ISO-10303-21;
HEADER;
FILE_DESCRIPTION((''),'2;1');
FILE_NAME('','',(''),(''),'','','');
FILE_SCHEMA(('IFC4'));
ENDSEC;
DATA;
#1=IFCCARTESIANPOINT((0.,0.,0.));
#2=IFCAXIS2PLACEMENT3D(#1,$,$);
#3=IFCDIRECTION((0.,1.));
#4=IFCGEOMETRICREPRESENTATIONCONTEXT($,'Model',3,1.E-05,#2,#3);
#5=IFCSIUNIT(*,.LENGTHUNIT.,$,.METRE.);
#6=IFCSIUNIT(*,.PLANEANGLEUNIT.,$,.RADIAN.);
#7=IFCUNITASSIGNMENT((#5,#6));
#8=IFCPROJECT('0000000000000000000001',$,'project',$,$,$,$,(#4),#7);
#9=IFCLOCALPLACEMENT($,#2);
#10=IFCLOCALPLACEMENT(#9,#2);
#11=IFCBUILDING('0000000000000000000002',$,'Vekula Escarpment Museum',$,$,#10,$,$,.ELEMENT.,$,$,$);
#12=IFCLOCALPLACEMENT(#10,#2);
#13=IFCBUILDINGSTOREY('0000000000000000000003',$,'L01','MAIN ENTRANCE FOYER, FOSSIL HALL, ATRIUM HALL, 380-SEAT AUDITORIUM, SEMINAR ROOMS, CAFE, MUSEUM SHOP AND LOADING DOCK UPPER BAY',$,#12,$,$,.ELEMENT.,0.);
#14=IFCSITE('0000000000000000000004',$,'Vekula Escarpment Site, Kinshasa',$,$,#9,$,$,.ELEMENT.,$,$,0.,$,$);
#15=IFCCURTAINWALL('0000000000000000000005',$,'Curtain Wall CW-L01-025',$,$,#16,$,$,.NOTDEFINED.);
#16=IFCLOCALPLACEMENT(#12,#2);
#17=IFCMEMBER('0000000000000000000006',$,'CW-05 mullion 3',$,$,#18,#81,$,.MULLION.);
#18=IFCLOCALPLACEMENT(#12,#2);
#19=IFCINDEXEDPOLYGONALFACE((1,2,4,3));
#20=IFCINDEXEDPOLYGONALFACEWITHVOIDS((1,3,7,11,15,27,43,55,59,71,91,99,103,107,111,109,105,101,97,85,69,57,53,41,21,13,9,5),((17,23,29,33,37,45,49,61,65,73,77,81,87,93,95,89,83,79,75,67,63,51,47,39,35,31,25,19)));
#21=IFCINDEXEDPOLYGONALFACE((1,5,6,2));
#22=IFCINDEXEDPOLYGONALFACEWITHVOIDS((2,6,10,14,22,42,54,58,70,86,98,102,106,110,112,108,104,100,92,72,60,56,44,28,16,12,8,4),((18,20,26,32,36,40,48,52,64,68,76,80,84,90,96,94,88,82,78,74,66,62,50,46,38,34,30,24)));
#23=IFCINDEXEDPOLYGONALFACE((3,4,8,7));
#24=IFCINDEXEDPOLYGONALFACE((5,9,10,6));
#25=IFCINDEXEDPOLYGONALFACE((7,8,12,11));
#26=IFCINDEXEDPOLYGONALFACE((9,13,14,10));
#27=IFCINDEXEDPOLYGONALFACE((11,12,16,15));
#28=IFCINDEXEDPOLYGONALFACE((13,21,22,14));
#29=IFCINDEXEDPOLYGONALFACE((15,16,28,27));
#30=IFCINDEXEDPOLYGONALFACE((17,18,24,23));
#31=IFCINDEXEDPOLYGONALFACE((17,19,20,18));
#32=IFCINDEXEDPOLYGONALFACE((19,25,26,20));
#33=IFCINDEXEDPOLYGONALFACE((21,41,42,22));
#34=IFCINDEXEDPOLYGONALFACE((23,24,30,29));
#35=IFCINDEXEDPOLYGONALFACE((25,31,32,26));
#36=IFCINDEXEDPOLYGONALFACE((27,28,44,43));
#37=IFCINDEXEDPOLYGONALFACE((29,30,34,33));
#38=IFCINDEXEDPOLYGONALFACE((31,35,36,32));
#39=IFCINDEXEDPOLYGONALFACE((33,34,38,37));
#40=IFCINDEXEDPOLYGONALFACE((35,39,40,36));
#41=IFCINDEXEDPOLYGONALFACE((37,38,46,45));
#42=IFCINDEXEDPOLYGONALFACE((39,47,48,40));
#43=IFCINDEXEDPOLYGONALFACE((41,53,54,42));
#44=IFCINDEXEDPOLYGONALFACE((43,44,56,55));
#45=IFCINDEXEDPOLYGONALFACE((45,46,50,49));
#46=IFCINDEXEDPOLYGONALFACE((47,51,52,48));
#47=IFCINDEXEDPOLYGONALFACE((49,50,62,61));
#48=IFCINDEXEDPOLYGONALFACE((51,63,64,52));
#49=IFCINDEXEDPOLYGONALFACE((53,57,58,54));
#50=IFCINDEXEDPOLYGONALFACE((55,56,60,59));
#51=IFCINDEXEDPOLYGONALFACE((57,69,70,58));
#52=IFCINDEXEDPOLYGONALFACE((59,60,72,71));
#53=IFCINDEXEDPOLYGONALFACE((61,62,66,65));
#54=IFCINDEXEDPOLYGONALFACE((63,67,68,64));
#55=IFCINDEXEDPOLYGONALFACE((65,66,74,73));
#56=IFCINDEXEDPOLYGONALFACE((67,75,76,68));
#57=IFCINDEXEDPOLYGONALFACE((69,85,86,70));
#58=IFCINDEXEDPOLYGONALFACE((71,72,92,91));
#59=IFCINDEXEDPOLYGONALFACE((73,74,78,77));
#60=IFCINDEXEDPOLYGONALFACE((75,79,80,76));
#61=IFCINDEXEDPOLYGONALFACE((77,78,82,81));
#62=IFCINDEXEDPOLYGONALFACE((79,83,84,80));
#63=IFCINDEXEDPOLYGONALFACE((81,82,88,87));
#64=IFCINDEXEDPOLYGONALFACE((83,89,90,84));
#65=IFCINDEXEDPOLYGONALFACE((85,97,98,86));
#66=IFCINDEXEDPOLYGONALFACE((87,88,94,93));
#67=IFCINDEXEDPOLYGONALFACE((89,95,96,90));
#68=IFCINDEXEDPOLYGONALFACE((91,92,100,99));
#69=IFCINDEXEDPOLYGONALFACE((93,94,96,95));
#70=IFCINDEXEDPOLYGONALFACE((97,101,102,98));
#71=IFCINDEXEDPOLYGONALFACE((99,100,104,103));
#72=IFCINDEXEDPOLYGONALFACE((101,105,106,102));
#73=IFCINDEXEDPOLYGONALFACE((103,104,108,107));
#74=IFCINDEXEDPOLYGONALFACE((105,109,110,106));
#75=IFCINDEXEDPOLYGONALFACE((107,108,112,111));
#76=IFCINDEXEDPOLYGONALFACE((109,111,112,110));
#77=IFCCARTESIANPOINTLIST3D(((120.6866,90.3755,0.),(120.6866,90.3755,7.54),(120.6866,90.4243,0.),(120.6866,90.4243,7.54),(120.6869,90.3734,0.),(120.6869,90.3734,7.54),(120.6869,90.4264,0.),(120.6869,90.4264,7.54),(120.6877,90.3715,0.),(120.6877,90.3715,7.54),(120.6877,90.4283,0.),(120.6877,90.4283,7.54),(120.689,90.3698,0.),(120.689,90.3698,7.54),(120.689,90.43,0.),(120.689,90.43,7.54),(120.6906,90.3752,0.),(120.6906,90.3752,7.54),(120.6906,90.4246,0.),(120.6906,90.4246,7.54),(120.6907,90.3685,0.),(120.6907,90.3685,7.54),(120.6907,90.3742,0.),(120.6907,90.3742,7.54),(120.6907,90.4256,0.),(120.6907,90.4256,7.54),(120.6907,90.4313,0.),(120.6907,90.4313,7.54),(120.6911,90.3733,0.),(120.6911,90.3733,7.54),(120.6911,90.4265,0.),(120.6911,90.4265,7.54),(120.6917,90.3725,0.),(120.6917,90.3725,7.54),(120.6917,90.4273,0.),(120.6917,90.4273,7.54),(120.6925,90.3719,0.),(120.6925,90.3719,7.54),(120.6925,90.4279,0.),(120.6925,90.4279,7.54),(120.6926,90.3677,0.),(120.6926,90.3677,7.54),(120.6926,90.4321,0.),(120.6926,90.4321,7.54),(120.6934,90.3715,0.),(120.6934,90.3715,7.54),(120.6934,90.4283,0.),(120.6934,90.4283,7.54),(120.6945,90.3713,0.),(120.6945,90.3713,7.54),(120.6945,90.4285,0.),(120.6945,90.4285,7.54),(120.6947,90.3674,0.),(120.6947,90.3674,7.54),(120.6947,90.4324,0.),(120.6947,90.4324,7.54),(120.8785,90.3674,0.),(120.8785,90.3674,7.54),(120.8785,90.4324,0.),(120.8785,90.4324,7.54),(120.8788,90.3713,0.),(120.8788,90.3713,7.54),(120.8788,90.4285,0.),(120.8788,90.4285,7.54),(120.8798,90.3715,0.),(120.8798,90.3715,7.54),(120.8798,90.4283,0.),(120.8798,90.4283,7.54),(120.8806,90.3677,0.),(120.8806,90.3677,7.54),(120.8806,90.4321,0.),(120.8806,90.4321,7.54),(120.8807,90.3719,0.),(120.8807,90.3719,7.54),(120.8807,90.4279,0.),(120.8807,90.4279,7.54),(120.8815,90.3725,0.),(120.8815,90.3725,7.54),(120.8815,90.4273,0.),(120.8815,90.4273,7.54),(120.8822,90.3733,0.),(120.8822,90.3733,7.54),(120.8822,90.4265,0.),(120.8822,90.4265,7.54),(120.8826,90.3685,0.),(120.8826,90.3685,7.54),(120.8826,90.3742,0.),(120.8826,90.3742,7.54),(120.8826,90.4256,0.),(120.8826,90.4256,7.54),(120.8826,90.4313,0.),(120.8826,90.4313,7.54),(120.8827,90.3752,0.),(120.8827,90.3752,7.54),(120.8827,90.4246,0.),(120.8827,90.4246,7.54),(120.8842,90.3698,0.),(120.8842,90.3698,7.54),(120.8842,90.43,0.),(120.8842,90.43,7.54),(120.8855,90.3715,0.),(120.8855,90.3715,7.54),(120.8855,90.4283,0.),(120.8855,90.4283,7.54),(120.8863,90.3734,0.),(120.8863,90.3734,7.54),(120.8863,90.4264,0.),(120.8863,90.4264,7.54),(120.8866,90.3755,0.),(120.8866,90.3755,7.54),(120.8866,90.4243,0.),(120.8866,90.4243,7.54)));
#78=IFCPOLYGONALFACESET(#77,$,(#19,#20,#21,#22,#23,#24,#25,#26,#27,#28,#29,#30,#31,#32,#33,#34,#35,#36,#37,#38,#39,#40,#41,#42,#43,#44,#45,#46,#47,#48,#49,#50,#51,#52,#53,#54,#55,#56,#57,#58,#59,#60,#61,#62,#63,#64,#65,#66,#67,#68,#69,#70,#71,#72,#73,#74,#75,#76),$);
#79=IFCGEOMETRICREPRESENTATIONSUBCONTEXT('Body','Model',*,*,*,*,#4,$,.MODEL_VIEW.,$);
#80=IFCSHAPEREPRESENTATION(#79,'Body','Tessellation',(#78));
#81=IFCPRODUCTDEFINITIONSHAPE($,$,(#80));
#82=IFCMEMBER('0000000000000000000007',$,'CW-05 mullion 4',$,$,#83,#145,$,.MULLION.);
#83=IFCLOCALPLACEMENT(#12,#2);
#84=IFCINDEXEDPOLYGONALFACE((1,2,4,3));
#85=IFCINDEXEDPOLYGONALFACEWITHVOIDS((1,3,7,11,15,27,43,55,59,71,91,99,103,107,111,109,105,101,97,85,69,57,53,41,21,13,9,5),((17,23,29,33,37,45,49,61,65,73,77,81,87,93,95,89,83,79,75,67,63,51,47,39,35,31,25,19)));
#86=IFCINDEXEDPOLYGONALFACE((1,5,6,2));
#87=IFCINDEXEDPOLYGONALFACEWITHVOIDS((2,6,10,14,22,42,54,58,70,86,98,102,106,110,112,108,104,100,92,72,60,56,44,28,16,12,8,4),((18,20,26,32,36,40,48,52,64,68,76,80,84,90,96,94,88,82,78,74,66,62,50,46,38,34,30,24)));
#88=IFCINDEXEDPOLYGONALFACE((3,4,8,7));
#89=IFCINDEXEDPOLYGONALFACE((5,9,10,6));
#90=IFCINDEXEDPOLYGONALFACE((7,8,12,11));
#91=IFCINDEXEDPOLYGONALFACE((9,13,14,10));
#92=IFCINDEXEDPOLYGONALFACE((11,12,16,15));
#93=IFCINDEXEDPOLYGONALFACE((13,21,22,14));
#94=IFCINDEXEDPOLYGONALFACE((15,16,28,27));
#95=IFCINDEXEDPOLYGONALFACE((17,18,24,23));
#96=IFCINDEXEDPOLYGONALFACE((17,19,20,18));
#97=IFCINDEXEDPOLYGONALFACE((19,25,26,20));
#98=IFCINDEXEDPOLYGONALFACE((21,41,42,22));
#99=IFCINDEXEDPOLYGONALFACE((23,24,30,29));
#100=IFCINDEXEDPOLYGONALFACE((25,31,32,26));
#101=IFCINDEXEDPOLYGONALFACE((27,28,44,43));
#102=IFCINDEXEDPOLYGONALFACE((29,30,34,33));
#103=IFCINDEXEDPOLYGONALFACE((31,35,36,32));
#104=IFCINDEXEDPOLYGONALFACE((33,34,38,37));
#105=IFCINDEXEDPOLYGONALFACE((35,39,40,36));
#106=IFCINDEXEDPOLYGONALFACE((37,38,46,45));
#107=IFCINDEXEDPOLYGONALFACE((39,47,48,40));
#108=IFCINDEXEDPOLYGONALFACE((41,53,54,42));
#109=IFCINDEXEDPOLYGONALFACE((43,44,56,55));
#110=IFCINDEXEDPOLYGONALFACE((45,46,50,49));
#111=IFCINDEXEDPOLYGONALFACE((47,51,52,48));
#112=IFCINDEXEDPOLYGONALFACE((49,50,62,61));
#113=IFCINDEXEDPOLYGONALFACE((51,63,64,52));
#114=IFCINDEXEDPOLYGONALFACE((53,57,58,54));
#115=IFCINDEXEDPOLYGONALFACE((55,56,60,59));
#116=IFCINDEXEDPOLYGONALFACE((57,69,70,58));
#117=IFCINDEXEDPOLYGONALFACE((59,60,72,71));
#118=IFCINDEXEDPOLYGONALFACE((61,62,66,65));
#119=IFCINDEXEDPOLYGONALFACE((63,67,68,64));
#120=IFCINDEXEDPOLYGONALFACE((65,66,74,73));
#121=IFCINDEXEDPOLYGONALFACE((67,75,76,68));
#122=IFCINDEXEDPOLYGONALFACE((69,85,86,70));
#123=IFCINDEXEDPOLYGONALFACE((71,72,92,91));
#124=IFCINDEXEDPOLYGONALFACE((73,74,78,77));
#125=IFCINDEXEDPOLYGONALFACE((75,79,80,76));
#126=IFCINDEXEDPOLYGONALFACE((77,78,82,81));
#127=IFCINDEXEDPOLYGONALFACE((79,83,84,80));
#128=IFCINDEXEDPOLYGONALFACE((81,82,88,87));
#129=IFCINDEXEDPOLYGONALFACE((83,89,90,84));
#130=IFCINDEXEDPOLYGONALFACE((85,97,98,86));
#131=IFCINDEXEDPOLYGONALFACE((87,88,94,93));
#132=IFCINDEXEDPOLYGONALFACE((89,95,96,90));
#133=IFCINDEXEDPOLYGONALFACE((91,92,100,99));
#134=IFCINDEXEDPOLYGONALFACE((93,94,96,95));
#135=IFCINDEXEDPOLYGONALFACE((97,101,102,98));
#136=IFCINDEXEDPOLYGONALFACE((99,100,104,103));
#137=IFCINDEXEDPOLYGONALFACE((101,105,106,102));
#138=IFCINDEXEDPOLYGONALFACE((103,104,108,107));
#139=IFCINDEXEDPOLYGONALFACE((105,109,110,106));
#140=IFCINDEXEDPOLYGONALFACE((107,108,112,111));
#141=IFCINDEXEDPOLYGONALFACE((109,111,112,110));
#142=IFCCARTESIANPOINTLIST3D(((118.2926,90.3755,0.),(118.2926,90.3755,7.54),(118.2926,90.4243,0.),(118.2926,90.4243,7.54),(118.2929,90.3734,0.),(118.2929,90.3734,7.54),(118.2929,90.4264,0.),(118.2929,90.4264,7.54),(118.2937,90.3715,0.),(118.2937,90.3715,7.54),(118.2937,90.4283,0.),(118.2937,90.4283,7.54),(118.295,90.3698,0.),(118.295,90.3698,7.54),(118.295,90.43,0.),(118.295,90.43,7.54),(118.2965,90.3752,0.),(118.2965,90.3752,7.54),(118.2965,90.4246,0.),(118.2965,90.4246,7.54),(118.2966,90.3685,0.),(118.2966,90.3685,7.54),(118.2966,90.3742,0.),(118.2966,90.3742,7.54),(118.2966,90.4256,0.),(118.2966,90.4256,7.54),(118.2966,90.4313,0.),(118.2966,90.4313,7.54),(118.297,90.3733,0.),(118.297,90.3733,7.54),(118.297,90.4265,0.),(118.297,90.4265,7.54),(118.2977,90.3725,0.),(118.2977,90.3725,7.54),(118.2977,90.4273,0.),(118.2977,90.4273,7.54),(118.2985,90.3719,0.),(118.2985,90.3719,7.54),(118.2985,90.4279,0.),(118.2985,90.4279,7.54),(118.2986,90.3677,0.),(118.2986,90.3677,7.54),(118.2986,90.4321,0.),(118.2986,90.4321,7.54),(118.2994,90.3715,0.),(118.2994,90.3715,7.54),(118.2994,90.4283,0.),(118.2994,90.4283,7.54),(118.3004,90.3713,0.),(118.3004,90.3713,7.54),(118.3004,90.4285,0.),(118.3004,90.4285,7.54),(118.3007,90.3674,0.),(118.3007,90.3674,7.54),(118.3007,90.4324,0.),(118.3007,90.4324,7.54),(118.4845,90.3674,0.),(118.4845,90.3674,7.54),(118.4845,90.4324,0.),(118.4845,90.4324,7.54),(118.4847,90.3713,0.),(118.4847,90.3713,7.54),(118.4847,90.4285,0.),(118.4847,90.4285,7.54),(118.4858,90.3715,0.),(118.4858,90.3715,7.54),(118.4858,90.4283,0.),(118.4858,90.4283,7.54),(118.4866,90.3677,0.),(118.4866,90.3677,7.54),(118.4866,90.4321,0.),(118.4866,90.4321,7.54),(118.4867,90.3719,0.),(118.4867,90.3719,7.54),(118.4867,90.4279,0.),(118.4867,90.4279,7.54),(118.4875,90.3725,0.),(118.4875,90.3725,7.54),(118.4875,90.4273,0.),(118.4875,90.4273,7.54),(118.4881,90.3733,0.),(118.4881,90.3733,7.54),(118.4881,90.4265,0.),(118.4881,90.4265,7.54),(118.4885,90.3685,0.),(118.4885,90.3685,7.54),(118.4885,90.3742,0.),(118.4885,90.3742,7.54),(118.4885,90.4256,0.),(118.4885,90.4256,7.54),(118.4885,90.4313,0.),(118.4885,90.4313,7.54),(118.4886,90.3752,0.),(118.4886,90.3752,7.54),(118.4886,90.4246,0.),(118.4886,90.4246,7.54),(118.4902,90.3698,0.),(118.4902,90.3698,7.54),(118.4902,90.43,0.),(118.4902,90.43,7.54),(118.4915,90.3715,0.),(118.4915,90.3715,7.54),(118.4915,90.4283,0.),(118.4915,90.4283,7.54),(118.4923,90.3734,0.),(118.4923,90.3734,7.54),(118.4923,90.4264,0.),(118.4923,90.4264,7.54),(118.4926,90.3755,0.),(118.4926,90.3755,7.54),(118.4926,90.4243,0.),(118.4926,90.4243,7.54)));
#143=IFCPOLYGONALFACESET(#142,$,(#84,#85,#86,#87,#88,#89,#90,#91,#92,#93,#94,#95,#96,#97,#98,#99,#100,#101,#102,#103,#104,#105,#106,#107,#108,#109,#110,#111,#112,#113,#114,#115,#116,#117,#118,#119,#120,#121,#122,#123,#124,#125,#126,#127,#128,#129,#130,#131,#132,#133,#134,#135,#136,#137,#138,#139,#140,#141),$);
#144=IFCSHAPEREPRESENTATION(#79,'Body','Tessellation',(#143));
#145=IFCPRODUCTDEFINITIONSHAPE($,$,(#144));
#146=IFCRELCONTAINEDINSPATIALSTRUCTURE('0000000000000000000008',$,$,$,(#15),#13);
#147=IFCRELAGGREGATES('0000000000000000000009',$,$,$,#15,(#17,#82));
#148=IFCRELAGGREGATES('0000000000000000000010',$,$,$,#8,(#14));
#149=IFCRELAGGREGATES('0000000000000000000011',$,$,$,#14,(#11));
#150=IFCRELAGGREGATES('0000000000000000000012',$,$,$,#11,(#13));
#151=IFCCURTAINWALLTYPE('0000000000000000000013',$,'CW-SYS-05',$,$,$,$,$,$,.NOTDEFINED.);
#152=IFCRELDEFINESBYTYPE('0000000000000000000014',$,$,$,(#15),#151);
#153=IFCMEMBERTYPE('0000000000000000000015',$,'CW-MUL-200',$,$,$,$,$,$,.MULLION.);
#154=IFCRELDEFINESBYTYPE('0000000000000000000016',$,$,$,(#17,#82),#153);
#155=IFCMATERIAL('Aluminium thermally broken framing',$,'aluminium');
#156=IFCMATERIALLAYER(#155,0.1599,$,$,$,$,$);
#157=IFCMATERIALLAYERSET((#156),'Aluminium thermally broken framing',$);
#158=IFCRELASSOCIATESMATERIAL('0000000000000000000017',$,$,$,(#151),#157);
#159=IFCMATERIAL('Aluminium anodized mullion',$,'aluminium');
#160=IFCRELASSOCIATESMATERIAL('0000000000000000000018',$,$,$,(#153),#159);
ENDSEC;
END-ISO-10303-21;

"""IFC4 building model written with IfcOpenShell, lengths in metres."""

from ifc_helpers import new_model, si_unit, direction, frame, origin, origin_2d, place, context, subcontext, project, spatial, hollow_rectangle, extrude, material, layer, layer_set, material_profile, profile_set, type_object, element, aggregate, save


model = new_model("IFC4")

# Units and contexts
model_context = context("Model", 3, precision=1e-05, world=origin(), true_north=direction((0.0, 1.0)))
body_context = subcontext(model_context, "Body", "Model", "MODEL_VIEW")
ifc_project = project(units=[si_unit("LENGTHUNIT", "METRE"), si_unit("PLANEANGLEUNIT", "RADIAN")], contexts=[model_context])

# Site, building, storey
site_placement = place(None, origin())
site = spatial("IfcSite", under=ifc_project, at=site_placement, Name="Vekula Escarpment Site, Kinshasa", CompositionType="ELEMENT", RefElevation=0.0)
building_placement = place(site_placement, origin())
building = spatial("IfcBuilding", under=site, at=building_placement, Name="Vekula Escarpment Museum", CompositionType="ELEMENT")
storey_placement = place(building_placement, origin())
storey = spatial("IfcBuildingStorey", under=building, at=storey_placement, Name="L01", Description="MAIN ENTRANCE FOYER, FOSSIL HALL, ATRIUM HALL, 380-SEAT AUDITORIUM, SEMINAR ROOMS, CAFE, MUSEUM SHOP AND LOADING DOCK UPPER BAY", CompositionType="ELEMENT", Elevation=0.0)

# Curtain wall, members
ifc_material_1 = material(Name="Aluminium thermally broken framing", Category="aluminium")
ifc_layer_1 = layer(ifc_material_1, 0.1599)
ifc_layer_set_1 = layer_set([ifc_layer_1], Name="Aluminium thermally broken framing")
curtain_wall_type_1 = type_object("IfcCurtainWallType", Name="CW-SYS-05", PredefinedType="NOTDEFINED", material=ifc_layer_set_1)
curtain_wall_1_placement = place(storey_placement, origin())
curtain_wall_1 = element("IfcCurtainWall", 1, at=curtain_wall_1_placement, inside=storey, type_object=curtain_wall_type_1, Name="Curtain Wall CW-L01-025", PredefinedType="NOTDEFINED")
ifc_material_2 = material(Name="Aluminium anodized mullion", Category="aluminium")
ifc_material_profile_1 = material_profile(ifc_material_2, hollow_rectangle(XDim=0.0649, YDim=0.2, WallThickness=0.0039, InnerFilletRadius=0.0039, OuterFilletRadius=0.0081, at=origin_2d()), Name="ALU 200x65x4")
ifc_profile_set_1 = profile_set([ifc_material_profile_1], Name="Aluminium anodized mullion")
member_type_1 = type_object("IfcMemberType", Name="CW-MUL-200", PredefinedType="MULLION", material=ifc_profile_set_1)
member_1_placement = place(storey_placement, frame((120.7866, 90.3999, 0.0), z_axis=(0.0, 0.0, 1.0), x_axis=(0.0, -1.0, 0.0)))
member_1 = element("IfcMember", 2, at=member_1_placement, type_object=member_type_1, Name="CW-05 mullion 3", PredefinedType="MULLION", context=body_context, shape_type="SweptSolid", body=[
    extrude(hollow_rectangle(XDim=0.0649, YDim=0.2, WallThickness=0.0039, InnerFilletRadius=0.0039, OuterFilletRadius=0.0081, at=origin_2d()), origin(), (0.0, 0.0, 1.0), 7.54),
])
member_2_placement = place(storey_placement, frame((118.3926, 90.3999, 0.0), z_axis=(0.0, 0.0, 1.0), x_axis=(0.0, -1.0, 0.0)))
member_2 = element("IfcMember", 3, at=member_2_placement, type_object=member_type_1, Name="CW-05 mullion 4", PredefinedType="MULLION", context=body_context, shape_type="SweptSolid", body=[
    extrude(hollow_rectangle(XDim=0.0649, YDim=0.2, WallThickness=0.0039, InnerFilletRadius=0.0039, OuterFilletRadius=0.0081, at=origin_2d()), origin(), (0.0, 0.0, 1.0), 7.54),
])

aggregate(curtain_wall_1, [member_1, member_2])

save(model, "model.ifc")
